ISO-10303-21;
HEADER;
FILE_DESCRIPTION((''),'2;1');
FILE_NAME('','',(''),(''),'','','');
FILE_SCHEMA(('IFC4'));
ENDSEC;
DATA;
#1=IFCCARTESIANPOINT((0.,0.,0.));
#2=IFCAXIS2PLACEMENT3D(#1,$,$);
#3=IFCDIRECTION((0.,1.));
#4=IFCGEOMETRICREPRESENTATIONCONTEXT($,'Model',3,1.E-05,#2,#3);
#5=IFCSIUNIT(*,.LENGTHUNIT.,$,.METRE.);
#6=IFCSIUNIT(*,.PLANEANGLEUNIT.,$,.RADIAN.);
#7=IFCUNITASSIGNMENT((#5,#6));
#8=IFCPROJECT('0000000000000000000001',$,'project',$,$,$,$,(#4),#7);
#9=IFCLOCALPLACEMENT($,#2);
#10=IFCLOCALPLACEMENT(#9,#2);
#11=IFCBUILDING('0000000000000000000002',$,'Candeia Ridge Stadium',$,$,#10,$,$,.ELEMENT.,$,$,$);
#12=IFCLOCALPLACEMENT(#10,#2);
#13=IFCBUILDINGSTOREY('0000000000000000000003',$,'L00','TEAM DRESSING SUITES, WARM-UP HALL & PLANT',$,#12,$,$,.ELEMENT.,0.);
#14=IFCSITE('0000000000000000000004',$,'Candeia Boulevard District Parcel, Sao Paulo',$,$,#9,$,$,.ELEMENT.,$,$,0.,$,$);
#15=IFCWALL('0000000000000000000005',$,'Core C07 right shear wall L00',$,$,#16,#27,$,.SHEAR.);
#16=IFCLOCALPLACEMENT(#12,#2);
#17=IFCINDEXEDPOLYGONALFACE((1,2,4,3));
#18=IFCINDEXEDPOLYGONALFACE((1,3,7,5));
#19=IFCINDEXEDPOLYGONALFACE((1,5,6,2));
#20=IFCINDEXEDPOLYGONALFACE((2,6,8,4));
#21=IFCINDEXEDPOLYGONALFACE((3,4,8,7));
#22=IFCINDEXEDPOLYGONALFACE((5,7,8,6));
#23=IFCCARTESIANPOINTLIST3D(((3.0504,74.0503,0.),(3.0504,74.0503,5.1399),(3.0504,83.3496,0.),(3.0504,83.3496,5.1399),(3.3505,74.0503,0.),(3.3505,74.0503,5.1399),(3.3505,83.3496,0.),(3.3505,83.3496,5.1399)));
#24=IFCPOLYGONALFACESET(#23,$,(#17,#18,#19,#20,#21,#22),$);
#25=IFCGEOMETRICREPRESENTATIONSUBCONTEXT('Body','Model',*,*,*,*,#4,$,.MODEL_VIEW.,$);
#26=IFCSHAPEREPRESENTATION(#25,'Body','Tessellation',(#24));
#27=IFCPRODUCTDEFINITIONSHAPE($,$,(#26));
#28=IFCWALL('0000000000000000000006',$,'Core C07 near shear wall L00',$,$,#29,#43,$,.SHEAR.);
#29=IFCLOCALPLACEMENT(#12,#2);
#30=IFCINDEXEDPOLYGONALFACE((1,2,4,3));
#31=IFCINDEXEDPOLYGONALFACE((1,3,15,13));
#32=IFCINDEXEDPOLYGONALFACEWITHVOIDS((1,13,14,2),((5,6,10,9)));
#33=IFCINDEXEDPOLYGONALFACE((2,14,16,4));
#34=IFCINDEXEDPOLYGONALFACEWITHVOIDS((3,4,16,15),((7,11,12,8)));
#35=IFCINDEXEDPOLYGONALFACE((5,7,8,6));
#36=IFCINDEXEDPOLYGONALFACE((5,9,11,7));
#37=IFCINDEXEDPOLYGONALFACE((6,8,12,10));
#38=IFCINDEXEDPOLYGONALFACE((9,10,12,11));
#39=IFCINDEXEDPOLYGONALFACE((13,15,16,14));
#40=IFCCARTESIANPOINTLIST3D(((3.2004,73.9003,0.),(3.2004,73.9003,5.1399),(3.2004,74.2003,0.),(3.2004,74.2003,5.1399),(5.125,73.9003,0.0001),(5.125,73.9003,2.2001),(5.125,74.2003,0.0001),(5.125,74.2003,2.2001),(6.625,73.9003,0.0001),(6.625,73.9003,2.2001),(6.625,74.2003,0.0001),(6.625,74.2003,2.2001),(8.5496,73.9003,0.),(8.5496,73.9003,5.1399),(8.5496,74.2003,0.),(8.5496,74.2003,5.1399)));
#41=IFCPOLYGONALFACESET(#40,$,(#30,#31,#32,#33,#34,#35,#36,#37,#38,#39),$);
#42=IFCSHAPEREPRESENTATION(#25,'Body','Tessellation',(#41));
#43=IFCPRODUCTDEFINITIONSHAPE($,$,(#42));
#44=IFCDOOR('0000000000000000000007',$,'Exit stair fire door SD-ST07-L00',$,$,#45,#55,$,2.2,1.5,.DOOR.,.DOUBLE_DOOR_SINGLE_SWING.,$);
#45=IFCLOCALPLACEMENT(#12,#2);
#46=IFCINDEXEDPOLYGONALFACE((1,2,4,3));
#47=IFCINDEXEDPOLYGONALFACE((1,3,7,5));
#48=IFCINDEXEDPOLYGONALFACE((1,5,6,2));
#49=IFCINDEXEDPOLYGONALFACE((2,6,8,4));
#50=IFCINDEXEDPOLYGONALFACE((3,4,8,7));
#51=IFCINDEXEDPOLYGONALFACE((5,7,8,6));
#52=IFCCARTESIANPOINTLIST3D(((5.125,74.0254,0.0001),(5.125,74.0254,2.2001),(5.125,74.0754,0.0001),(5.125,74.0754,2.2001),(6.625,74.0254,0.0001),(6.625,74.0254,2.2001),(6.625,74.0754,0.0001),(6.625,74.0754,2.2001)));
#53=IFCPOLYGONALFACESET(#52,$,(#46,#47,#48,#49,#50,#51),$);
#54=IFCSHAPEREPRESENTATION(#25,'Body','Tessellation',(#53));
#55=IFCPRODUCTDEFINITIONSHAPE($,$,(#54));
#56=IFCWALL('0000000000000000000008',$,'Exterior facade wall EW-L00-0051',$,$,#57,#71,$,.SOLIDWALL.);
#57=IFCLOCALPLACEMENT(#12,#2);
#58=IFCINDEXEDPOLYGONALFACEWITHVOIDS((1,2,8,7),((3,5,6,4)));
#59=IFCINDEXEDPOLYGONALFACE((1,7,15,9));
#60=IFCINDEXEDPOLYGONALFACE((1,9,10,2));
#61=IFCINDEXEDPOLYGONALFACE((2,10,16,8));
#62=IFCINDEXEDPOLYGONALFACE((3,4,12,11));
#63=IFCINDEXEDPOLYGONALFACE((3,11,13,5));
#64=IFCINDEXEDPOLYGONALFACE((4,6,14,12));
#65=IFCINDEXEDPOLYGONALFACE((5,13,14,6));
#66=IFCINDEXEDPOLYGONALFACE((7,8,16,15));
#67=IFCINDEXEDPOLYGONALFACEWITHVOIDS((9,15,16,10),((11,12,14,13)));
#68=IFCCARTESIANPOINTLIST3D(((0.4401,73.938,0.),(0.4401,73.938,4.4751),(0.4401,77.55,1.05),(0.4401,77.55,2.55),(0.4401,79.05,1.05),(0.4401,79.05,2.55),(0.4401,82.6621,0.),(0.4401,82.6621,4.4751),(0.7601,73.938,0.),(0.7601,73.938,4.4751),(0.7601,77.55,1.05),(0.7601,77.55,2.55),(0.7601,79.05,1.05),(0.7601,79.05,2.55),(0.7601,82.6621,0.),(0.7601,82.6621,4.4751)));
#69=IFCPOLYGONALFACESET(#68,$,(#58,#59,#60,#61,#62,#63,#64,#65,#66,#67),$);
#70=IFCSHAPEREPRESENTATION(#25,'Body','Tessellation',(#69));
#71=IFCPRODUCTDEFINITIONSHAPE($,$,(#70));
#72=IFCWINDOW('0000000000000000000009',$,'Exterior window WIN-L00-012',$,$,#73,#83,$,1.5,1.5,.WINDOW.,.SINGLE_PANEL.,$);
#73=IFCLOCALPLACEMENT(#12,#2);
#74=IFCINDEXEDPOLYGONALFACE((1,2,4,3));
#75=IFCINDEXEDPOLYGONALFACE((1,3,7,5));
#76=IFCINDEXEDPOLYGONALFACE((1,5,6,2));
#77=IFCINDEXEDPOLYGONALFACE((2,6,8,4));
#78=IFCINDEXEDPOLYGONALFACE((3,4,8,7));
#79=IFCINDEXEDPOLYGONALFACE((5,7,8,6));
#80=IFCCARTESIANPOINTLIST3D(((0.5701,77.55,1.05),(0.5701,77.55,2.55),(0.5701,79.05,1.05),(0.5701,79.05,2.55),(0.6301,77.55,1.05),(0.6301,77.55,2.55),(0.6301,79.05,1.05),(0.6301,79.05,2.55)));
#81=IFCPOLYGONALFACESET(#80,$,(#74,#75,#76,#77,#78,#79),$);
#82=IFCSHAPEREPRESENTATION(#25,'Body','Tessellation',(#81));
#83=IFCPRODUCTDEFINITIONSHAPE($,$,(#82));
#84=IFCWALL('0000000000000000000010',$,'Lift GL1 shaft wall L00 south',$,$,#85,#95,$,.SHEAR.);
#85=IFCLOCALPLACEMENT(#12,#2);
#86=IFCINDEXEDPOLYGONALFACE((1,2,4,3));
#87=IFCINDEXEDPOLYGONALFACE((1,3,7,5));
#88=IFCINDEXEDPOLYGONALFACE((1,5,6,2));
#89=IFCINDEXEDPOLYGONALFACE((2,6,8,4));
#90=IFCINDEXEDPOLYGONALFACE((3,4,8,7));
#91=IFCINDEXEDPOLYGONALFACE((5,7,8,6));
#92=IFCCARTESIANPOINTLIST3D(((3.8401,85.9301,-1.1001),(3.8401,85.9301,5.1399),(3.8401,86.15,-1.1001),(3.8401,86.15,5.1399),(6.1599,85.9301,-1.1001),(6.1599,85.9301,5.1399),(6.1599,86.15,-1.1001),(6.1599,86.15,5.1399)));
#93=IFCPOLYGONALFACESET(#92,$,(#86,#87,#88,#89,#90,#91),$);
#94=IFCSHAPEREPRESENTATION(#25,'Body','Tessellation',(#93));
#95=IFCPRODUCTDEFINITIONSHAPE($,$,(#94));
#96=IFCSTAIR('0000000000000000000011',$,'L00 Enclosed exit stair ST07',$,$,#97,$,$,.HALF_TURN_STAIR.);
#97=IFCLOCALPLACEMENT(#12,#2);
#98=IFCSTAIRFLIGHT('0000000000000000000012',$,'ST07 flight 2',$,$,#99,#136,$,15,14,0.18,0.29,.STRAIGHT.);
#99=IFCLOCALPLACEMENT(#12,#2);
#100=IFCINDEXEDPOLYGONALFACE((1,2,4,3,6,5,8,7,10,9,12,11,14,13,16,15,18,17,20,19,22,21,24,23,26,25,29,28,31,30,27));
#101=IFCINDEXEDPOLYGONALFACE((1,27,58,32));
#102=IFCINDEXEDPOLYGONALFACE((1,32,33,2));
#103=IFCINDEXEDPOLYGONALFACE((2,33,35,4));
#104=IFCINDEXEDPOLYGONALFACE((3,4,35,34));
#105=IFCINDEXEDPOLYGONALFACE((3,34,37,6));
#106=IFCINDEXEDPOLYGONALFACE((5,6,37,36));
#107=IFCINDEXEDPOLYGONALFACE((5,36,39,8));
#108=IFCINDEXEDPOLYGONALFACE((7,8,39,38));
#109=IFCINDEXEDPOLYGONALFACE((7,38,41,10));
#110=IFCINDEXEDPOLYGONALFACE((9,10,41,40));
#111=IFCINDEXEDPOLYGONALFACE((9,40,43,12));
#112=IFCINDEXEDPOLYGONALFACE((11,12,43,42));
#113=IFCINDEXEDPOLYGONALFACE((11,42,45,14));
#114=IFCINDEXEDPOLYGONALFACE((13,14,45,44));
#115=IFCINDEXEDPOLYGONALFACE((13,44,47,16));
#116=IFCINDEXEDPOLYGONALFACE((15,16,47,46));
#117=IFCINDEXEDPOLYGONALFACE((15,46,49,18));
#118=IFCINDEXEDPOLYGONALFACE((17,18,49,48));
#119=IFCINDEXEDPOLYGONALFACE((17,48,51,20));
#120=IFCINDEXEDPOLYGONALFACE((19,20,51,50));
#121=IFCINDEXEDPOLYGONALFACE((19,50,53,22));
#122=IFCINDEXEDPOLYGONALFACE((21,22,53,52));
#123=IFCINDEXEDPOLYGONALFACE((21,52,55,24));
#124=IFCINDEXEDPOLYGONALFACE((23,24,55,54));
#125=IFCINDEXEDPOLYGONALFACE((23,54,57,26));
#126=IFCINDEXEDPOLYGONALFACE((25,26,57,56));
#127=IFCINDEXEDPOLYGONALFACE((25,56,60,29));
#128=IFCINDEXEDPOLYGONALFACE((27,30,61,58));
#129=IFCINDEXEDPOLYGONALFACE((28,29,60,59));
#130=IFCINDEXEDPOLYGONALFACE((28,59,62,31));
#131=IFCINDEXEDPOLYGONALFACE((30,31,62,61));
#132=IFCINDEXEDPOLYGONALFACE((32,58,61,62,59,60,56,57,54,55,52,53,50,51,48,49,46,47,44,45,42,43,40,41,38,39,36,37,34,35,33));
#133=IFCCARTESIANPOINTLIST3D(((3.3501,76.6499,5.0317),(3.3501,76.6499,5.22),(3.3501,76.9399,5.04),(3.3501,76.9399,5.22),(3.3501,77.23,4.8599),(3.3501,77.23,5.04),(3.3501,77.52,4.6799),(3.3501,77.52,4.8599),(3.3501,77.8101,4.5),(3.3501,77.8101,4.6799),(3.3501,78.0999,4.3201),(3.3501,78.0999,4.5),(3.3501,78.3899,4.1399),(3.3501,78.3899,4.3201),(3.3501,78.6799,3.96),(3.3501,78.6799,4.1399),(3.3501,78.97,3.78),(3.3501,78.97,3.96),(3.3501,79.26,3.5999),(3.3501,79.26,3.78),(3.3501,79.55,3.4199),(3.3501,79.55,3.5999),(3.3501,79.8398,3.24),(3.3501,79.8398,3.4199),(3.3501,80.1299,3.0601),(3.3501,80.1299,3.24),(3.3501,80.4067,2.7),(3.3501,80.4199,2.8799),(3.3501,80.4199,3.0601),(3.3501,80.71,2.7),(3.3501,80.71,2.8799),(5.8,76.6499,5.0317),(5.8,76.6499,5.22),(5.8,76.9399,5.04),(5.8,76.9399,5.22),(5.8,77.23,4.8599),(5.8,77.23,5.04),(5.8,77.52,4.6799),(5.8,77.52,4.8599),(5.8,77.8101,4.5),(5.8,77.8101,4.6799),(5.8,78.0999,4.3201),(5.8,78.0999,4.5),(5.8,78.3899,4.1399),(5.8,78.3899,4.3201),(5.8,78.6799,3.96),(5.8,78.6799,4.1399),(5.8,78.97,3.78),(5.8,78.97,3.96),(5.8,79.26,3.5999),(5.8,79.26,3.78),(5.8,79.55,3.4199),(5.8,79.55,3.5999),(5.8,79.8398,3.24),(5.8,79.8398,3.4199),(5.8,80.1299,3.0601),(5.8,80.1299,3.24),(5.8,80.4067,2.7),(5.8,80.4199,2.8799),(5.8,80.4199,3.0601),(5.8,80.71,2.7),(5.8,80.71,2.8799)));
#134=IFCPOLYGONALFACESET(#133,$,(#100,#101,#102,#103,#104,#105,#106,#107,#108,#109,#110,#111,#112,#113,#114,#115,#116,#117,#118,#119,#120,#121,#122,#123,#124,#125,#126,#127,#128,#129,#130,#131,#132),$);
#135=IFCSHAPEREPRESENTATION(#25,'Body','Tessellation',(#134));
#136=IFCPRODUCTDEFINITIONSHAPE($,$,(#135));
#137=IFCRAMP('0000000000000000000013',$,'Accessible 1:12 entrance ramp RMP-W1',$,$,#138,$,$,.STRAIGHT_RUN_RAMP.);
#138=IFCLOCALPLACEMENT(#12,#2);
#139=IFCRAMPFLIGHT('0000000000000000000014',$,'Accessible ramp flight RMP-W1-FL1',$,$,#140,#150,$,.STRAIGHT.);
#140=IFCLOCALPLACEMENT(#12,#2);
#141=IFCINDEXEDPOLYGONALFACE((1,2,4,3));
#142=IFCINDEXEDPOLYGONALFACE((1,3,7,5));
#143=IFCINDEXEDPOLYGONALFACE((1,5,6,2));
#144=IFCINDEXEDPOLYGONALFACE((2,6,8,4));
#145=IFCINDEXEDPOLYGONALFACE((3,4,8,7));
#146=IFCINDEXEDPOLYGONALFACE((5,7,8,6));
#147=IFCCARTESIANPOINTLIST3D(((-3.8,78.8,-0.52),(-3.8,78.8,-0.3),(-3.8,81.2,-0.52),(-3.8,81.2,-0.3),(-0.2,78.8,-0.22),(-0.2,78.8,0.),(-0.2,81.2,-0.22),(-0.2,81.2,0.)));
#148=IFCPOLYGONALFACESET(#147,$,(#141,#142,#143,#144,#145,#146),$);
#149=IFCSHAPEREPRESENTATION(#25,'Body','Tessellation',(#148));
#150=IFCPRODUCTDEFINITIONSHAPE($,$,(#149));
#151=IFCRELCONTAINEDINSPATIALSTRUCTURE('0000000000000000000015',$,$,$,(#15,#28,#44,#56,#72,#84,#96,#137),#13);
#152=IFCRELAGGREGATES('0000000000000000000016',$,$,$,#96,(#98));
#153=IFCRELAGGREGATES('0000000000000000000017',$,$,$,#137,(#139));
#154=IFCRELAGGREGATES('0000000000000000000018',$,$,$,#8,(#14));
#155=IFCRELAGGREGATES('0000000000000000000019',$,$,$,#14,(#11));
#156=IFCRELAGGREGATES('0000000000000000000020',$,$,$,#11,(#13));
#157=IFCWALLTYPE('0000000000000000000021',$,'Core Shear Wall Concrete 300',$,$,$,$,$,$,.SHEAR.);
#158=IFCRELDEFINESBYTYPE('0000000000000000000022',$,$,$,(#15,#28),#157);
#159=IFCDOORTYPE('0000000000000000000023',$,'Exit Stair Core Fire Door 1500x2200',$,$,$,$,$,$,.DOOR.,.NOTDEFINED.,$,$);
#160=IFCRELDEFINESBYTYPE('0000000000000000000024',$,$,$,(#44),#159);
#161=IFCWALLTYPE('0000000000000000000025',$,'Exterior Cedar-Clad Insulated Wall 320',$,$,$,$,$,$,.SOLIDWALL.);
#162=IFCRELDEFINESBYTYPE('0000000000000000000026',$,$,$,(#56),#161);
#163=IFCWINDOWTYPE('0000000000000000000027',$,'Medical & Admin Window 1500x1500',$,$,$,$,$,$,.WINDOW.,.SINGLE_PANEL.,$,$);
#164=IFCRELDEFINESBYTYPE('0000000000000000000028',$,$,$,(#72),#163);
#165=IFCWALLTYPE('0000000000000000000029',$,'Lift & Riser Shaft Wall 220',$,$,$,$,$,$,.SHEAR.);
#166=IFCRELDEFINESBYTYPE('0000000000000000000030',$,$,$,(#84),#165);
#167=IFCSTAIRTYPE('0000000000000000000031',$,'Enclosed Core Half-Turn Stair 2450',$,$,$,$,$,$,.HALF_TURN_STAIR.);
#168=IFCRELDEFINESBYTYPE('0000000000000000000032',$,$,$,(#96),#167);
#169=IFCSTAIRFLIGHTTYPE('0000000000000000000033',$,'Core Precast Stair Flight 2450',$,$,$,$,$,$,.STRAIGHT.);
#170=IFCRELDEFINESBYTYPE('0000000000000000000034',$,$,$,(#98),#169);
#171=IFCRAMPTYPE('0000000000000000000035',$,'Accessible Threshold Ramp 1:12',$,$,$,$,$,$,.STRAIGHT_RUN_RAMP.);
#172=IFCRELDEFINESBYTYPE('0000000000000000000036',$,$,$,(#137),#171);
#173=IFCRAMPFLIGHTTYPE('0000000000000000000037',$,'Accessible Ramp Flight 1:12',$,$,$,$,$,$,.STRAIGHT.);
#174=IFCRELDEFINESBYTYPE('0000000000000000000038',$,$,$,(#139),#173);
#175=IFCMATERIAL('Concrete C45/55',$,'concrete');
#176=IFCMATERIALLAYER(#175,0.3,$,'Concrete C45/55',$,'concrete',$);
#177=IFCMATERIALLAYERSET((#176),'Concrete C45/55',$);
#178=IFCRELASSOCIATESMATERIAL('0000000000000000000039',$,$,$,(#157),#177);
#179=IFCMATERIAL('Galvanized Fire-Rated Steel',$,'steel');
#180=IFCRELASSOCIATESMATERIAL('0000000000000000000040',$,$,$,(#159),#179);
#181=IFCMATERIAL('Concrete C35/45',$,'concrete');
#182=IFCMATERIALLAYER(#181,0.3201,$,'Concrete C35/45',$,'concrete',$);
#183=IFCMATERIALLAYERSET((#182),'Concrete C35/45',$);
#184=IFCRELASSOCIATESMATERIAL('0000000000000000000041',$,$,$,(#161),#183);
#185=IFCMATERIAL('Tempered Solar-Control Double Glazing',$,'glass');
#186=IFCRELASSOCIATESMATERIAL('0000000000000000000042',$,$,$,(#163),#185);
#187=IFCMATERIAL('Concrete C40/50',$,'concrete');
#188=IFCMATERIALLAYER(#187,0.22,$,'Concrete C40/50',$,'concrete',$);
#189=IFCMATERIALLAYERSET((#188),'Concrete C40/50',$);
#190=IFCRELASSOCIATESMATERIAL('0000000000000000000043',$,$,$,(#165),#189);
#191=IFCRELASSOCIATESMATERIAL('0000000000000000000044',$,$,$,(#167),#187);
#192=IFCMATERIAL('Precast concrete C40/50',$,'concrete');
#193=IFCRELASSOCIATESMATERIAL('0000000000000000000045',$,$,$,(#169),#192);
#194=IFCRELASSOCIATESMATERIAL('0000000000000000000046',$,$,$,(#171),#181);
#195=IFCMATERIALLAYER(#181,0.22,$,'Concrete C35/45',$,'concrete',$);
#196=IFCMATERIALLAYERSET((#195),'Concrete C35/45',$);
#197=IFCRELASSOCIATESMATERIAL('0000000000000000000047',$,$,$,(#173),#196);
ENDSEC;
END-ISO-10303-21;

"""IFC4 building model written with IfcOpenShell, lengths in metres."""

from ifc_helpers import new_model, si_unit, direction, frame, frame_2d, origin, place, context, subcontext, project, spatial, polyline, rectangle, outline, extrude, material, layer, layer_set, type_object, element, fill, aggregate, save


model = new_model("IFC4")

# Units and contexts
model_context = context("Model", 3, precision=1e-05, world=origin(), true_north=direction((0.0, 1.0)))
body_context = subcontext(model_context, "Body", "Model", "MODEL_VIEW")
ifc_project = project(units=[si_unit("LENGTHUNIT", "METRE"), si_unit("PLANEANGLEUNIT", "RADIAN")], contexts=[model_context])

# Site, building, storey
site_placement = place(None, origin())
site = spatial("IfcSite", under=ifc_project, at=site_placement, Name="Candeia Boulevard District Parcel, Sao Paulo", CompositionType="ELEMENT", RefElevation=0.0)
building_placement = place(site_placement, origin())
building = spatial("IfcBuilding", under=site, at=building_placement, Name="Candeia Ridge Stadium", CompositionType="ELEMENT")
storey_placement = place(building_placement, origin())
storey = spatial("IfcBuildingStorey", under=building, at=storey_placement, Name="L00", Description="TEAM DRESSING SUITES, WARM-UP HALL & PLANT", CompositionType="ELEMENT", Elevation=0.0)

# Shared definitions
ifc_material_1 = material(Name="Concrete C40/50", Category="concrete")

# Shared definitions
ifc_material_2 = material(Name="Concrete C45/55", Category="concrete")

# Wall
ifc_layer_1 = layer(ifc_material_2, 0.3, Name="Concrete C45/55", Category="concrete")
ifc_layer_set_1 = layer_set([ifc_layer_1], Name="Concrete C45/55")
wall_type_1 = type_object("IfcWallType", Name="Core Shear Wall Concrete 300", PredefinedType="SHEAR", material=ifc_layer_set_1)
wall_1_placement = place(storey_placement, frame((3.2004, 83.3496, 0.0), z_axis=(0.0, 0.0, 1.0), x_axis=(0.0, -1.0, 0.0)))
element("IfcWall", 1, at=wall_1_placement, inside=storey, type_object=wall_type_1, Name="Core C07 right shear wall L00", PredefinedType="SHEAR", context=body_context, shape_type="SweptSolid", body=[
    extrude(rectangle(XDim=9.2993, YDim=0.3, at=frame_2d((4.6497, 0.0))), origin(), (0.0, 0.0, 1.0), 5.1399),
])

# Wall, opening, door
wall_2_placement = place(storey_placement, frame((3.2004, 74.0503, 0.0), z_axis=(0.0, 0.0, 1.0), x_axis=(1.0, 0.0, 0.0)))
wall_2 = element("IfcWall", 2, at=wall_2_placement, inside=storey, type_object=wall_type_1, Name="Core C07 near shear wall L00", PredefinedType="SHEAR", context=body_context, shape_type="SweptSolid", body=[
    extrude(rectangle(XDim=5.3491, YDim=0.3, at=frame_2d((2.6746, 0.0))), origin(), (0.0, 0.0, 1.0), 5.1399),
])
opening_1_placement = place(wall_2_placement, frame((1.9246, 0.0, 0.0)))
opening_1 = element("IfcOpeningElement", 3, at=opening_1_placement, cuts=wall_2, PredefinedType="OPENING", context=body_context, shape_type="SweptSolid", body=[
    extrude(rectangle(XDim=1.5, YDim=2.2, at=frame_2d((0.75, 1.1001))), frame((0.0, 0.1599, 0.0), z_axis=(0.0, -1.0, 0.0), x_axis=(1.0, 0.0, 0.0)), (0.0, 0.0, 1.0), 0.3201),
])
ifc_material_3 = material(Name="Galvanized Fire-Rated Steel", Category="steel")
door_type_1 = type_object("IfcDoorType", Name="Exit Stair Core Fire Door 1500x2200", OperationType="NOTDEFINED", PredefinedType="DOOR", material=ifc_material_3)
door_1_placement = place(opening_1_placement, frame((1.5, 0.0, 0.0), z_axis=(0.0, 0.0, 1.0), x_axis=(-1.0, 0.0, 0.0)))
door_1 = element("IfcDoor", 4, at=door_1_placement, inside=storey, type_object=door_type_1, Name="Exit stair fire door SD-ST07-L00", OperationType="DOUBLE_DOOR_SINGLE_SWING", OverallHeight=2.2, OverallWidth=1.5, PredefinedType="DOOR", context=body_context, shape_type="SweptSolid", body=[
    extrude(rectangle(XDim=1.5, YDim=2.2, at=frame_2d((0.75, 1.1001))), frame((0.0, 0.0249, 0.0), z_axis=(0.0, -1.0, 0.0), x_axis=(1.0, 0.0, 0.0)), (0.0, 0.0, 1.0), 0.05),
])
fill(opening_1, door_1)

# Wall, opening, window
ifc_material_4 = material(Name="Concrete C35/45", Category="concrete")
ifc_layer_2 = layer(ifc_material_4, 0.3201, Name="Concrete C35/45", Category="concrete")
ifc_layer_set_2 = layer_set([ifc_layer_2], Name="Concrete C35/45")
wall_type_2 = type_object("IfcWallType", Name="Exterior Cedar-Clad Insulated Wall 320", PredefinedType="SOLIDWALL", material=ifc_layer_set_2)
wall_3_placement = place(storey_placement, frame((0.6001, 73.938, 0.0), z_axis=(0.0, 0.0, 1.0), x_axis=(0.0, 1.0, 0.0)))
wall_3 = element("IfcWall", 5, at=wall_3_placement, inside=storey, type_object=wall_type_2, Name="Exterior facade wall EW-L00-0051", PredefinedType="SOLIDWALL", context=body_context, shape_type="SweptSolid", body=[
    extrude(rectangle(XDim=8.7241, YDim=0.3201, at=frame_2d((4.3621, 0.0))), origin(), (0.0, 0.0, 1.0), 4.4751),
])
opening_2_placement = place(wall_3_placement, frame((3.6121, 0.0, 1.05)))
opening_2 = element("IfcOpeningElement", 6, at=opening_2_placement, cuts=wall_3, PredefinedType="OPENING", context=body_context, shape_type="SweptSolid", body=[
    extrude(rectangle(XDim=1.5, YDim=1.5, at=frame_2d((0.75, 0.75))), frame((0.0, 0.1699, 0.0), z_axis=(0.0, -1.0, 0.0), x_axis=(1.0, 0.0, 0.0)), (0.0, 0.0, 1.0), 0.3401),
])
ifc_material_5 = material(Name="Tempered Solar-Control Double Glazing", Category="glass")
window_type = type_object("IfcWindowType", Name="Medical & Admin Window 1500x1500", PartitioningType="SINGLE_PANEL", PredefinedType="WINDOW", material=ifc_material_5)
window_placement = place(opening_2_placement, origin())
window = element("IfcWindow", 7, at=window_placement, inside=storey, type_object=window_type, Name="Exterior window WIN-L00-012", OverallHeight=1.5, OverallWidth=1.5, PartitioningType="SINGLE_PANEL", PredefinedType="WINDOW", context=body_context, shape_type="SweptSolid", body=[
    extrude(rectangle(XDim=1.5, YDim=1.5, at=frame_2d((0.75, 0.75))), frame((0.0, 0.03, 0.0), z_axis=(0.0, -1.0, 0.0), x_axis=(1.0, 0.0, 0.0)), (0.0, 0.0, 1.0), 0.0601),
])
fill(opening_2, window)

# Wall
ifc_layer_3 = layer(ifc_material_1, 0.22, Name="Concrete C40/50", Category="concrete")
ifc_layer_set_3 = layer_set([ifc_layer_3], Name="Concrete C40/50")
wall_type_3 = type_object("IfcWallType", Name="Lift & Riser Shaft Wall 220", PredefinedType="SHEAR", material=ifc_layer_set_3)
wall_4_placement = place(storey_placement, frame((3.8401, 86.04, -1.1001), z_axis=(0.0, 0.0, 1.0), x_axis=(1.0, 0.0, 0.0)))
element("IfcWall", 8, at=wall_4_placement, inside=storey, type_object=wall_type_3, Name="Lift GL1 shaft wall L00 south", PredefinedType="SHEAR", context=body_context, shape_type="SweptSolid", body=[
    extrude(rectangle(XDim=2.3198, YDim=0.22, at=frame_2d((1.1599, 0.0))), origin(), (0.0, 0.0, 1.0), 6.24),
])

# Stair, stair flight
stair_type = type_object("IfcStairType", Name="Enclosed Core Half-Turn Stair 2450", PredefinedType="HALF_TURN_STAIR", material=ifc_material_1)
stair_placement = place(storey_placement, origin())
stair = element("IfcStair", 9, at=stair_placement, inside=storey, type_object=stair_type, Name="L00 Enclosed exit stair ST07", PredefinedType="HALF_TURN_STAIR")
ifc_material_6 = material(Name="Precast concrete C40/50", Category="concrete")
stair_flight_type = type_object("IfcStairFlightType", Name="Core Precast Stair Flight 2450", PredefinedType="STRAIGHT", material=ifc_material_6)
stair_flight_placement = place(storey_placement, frame((4.575, 80.71, 2.7), z_axis=(0.0, 0.0, 1.0), x_axis=(0.0, -1.0, 0.0)))
stair_flight = element("IfcStairFlight", 10, at=stair_flight_placement, type_object=stair_flight_type, Name="ST07 flight 2", NumberOfRisers=15, NumberOfTreads=14, PredefinedType="STRAIGHT", RiserHeight=0.18, TreadLength=0.29, context=body_context, shape_type="SweptSolid", body=[
    extrude(outline(polyline([(0.0, 0.0), (0.0, 0.1799), (0.29, 0.1799), (0.29, 0.3601), (0.5801, 0.3601), (0.5801, 0.54), (0.8701, 0.54), (0.8701, 0.72), (1.1599, 0.72), (1.1599, 0.8999), (1.45, 0.8999), (1.45, 1.0801), (1.74, 1.0801), (1.74, 1.26), (2.03, 1.26), (2.03, 1.4399), (2.3201, 1.4399), (2.3201, 1.6201), (2.6101, 1.6201), (2.6101, 1.8), (2.8999, 1.8), (2.8999, 1.98), (3.1899, 1.98), (3.1899, 2.1599), (3.48, 2.1599), (3.48, 2.3401), (3.77, 2.3401), (3.77, 2.52), (4.0601, 2.52), (4.0601, 2.7), (4.0601, 2.3318), (0.3032, 0.0), (0.0, 0.0)])), frame((0.0, 1.2251, 0.0), z_axis=(0.0, -1.0, 0.0), x_axis=(1.0, 0.0, 0.0)), (0.0, 0.0, 1.0), 2.45),
])
aggregate(stair, [stair_flight])

# Ramp, ramp flight
ramp_type = type_object("IfcRampType", Name="Accessible Threshold Ramp 1:12", PredefinedType="STRAIGHT_RUN_RAMP", material=ifc_material_4)
ramp_placement = place(storey_placement, origin())
ramp = element("IfcRamp", 11, at=ramp_placement, inside=storey, type_object=ramp_type, Name="Accessible 1:12 entrance ramp RMP-W1", PredefinedType="STRAIGHT_RUN_RAMP")
ifc_layer_4 = layer(ifc_material_4, 0.22, Name="Concrete C35/45", Category="concrete")
ifc_layer_set_4 = layer_set([ifc_layer_4], Name="Concrete C35/45")
ramp_flight_type = type_object("IfcRampFlightType", Name="Accessible Ramp Flight 1:12", PredefinedType="STRAIGHT", material=ifc_layer_set_4)
ramp_flight_placement = place(storey_placement, frame((-3.8, 80.0, -0.3), z_axis=(0.0, 0.0, 1.0), x_axis=(1.0, 0.0, 0.0)))
ramp_flight = element("IfcRampFlight", 12, at=ramp_flight_placement, type_object=ramp_flight_type, Name="Accessible ramp flight RMP-W1-FL1", PredefinedType="STRAIGHT", context=body_context, shape_type="SweptSolid", body=[
    extrude(outline(polyline([(0.0, 0.0), (3.6001, 0.3), (3.6001, 0.0801), (0.0, -0.22), (0.0, 0.0)])), frame((0.0, 1.2, 0.0), z_axis=(0.0, -1.0, 0.0), x_axis=(1.0, 0.0, 0.0)), (0.0, 0.0, 1.0), 2.3999),
])
aggregate(ramp, [ramp_flight])

save(model, "model.ifc")
